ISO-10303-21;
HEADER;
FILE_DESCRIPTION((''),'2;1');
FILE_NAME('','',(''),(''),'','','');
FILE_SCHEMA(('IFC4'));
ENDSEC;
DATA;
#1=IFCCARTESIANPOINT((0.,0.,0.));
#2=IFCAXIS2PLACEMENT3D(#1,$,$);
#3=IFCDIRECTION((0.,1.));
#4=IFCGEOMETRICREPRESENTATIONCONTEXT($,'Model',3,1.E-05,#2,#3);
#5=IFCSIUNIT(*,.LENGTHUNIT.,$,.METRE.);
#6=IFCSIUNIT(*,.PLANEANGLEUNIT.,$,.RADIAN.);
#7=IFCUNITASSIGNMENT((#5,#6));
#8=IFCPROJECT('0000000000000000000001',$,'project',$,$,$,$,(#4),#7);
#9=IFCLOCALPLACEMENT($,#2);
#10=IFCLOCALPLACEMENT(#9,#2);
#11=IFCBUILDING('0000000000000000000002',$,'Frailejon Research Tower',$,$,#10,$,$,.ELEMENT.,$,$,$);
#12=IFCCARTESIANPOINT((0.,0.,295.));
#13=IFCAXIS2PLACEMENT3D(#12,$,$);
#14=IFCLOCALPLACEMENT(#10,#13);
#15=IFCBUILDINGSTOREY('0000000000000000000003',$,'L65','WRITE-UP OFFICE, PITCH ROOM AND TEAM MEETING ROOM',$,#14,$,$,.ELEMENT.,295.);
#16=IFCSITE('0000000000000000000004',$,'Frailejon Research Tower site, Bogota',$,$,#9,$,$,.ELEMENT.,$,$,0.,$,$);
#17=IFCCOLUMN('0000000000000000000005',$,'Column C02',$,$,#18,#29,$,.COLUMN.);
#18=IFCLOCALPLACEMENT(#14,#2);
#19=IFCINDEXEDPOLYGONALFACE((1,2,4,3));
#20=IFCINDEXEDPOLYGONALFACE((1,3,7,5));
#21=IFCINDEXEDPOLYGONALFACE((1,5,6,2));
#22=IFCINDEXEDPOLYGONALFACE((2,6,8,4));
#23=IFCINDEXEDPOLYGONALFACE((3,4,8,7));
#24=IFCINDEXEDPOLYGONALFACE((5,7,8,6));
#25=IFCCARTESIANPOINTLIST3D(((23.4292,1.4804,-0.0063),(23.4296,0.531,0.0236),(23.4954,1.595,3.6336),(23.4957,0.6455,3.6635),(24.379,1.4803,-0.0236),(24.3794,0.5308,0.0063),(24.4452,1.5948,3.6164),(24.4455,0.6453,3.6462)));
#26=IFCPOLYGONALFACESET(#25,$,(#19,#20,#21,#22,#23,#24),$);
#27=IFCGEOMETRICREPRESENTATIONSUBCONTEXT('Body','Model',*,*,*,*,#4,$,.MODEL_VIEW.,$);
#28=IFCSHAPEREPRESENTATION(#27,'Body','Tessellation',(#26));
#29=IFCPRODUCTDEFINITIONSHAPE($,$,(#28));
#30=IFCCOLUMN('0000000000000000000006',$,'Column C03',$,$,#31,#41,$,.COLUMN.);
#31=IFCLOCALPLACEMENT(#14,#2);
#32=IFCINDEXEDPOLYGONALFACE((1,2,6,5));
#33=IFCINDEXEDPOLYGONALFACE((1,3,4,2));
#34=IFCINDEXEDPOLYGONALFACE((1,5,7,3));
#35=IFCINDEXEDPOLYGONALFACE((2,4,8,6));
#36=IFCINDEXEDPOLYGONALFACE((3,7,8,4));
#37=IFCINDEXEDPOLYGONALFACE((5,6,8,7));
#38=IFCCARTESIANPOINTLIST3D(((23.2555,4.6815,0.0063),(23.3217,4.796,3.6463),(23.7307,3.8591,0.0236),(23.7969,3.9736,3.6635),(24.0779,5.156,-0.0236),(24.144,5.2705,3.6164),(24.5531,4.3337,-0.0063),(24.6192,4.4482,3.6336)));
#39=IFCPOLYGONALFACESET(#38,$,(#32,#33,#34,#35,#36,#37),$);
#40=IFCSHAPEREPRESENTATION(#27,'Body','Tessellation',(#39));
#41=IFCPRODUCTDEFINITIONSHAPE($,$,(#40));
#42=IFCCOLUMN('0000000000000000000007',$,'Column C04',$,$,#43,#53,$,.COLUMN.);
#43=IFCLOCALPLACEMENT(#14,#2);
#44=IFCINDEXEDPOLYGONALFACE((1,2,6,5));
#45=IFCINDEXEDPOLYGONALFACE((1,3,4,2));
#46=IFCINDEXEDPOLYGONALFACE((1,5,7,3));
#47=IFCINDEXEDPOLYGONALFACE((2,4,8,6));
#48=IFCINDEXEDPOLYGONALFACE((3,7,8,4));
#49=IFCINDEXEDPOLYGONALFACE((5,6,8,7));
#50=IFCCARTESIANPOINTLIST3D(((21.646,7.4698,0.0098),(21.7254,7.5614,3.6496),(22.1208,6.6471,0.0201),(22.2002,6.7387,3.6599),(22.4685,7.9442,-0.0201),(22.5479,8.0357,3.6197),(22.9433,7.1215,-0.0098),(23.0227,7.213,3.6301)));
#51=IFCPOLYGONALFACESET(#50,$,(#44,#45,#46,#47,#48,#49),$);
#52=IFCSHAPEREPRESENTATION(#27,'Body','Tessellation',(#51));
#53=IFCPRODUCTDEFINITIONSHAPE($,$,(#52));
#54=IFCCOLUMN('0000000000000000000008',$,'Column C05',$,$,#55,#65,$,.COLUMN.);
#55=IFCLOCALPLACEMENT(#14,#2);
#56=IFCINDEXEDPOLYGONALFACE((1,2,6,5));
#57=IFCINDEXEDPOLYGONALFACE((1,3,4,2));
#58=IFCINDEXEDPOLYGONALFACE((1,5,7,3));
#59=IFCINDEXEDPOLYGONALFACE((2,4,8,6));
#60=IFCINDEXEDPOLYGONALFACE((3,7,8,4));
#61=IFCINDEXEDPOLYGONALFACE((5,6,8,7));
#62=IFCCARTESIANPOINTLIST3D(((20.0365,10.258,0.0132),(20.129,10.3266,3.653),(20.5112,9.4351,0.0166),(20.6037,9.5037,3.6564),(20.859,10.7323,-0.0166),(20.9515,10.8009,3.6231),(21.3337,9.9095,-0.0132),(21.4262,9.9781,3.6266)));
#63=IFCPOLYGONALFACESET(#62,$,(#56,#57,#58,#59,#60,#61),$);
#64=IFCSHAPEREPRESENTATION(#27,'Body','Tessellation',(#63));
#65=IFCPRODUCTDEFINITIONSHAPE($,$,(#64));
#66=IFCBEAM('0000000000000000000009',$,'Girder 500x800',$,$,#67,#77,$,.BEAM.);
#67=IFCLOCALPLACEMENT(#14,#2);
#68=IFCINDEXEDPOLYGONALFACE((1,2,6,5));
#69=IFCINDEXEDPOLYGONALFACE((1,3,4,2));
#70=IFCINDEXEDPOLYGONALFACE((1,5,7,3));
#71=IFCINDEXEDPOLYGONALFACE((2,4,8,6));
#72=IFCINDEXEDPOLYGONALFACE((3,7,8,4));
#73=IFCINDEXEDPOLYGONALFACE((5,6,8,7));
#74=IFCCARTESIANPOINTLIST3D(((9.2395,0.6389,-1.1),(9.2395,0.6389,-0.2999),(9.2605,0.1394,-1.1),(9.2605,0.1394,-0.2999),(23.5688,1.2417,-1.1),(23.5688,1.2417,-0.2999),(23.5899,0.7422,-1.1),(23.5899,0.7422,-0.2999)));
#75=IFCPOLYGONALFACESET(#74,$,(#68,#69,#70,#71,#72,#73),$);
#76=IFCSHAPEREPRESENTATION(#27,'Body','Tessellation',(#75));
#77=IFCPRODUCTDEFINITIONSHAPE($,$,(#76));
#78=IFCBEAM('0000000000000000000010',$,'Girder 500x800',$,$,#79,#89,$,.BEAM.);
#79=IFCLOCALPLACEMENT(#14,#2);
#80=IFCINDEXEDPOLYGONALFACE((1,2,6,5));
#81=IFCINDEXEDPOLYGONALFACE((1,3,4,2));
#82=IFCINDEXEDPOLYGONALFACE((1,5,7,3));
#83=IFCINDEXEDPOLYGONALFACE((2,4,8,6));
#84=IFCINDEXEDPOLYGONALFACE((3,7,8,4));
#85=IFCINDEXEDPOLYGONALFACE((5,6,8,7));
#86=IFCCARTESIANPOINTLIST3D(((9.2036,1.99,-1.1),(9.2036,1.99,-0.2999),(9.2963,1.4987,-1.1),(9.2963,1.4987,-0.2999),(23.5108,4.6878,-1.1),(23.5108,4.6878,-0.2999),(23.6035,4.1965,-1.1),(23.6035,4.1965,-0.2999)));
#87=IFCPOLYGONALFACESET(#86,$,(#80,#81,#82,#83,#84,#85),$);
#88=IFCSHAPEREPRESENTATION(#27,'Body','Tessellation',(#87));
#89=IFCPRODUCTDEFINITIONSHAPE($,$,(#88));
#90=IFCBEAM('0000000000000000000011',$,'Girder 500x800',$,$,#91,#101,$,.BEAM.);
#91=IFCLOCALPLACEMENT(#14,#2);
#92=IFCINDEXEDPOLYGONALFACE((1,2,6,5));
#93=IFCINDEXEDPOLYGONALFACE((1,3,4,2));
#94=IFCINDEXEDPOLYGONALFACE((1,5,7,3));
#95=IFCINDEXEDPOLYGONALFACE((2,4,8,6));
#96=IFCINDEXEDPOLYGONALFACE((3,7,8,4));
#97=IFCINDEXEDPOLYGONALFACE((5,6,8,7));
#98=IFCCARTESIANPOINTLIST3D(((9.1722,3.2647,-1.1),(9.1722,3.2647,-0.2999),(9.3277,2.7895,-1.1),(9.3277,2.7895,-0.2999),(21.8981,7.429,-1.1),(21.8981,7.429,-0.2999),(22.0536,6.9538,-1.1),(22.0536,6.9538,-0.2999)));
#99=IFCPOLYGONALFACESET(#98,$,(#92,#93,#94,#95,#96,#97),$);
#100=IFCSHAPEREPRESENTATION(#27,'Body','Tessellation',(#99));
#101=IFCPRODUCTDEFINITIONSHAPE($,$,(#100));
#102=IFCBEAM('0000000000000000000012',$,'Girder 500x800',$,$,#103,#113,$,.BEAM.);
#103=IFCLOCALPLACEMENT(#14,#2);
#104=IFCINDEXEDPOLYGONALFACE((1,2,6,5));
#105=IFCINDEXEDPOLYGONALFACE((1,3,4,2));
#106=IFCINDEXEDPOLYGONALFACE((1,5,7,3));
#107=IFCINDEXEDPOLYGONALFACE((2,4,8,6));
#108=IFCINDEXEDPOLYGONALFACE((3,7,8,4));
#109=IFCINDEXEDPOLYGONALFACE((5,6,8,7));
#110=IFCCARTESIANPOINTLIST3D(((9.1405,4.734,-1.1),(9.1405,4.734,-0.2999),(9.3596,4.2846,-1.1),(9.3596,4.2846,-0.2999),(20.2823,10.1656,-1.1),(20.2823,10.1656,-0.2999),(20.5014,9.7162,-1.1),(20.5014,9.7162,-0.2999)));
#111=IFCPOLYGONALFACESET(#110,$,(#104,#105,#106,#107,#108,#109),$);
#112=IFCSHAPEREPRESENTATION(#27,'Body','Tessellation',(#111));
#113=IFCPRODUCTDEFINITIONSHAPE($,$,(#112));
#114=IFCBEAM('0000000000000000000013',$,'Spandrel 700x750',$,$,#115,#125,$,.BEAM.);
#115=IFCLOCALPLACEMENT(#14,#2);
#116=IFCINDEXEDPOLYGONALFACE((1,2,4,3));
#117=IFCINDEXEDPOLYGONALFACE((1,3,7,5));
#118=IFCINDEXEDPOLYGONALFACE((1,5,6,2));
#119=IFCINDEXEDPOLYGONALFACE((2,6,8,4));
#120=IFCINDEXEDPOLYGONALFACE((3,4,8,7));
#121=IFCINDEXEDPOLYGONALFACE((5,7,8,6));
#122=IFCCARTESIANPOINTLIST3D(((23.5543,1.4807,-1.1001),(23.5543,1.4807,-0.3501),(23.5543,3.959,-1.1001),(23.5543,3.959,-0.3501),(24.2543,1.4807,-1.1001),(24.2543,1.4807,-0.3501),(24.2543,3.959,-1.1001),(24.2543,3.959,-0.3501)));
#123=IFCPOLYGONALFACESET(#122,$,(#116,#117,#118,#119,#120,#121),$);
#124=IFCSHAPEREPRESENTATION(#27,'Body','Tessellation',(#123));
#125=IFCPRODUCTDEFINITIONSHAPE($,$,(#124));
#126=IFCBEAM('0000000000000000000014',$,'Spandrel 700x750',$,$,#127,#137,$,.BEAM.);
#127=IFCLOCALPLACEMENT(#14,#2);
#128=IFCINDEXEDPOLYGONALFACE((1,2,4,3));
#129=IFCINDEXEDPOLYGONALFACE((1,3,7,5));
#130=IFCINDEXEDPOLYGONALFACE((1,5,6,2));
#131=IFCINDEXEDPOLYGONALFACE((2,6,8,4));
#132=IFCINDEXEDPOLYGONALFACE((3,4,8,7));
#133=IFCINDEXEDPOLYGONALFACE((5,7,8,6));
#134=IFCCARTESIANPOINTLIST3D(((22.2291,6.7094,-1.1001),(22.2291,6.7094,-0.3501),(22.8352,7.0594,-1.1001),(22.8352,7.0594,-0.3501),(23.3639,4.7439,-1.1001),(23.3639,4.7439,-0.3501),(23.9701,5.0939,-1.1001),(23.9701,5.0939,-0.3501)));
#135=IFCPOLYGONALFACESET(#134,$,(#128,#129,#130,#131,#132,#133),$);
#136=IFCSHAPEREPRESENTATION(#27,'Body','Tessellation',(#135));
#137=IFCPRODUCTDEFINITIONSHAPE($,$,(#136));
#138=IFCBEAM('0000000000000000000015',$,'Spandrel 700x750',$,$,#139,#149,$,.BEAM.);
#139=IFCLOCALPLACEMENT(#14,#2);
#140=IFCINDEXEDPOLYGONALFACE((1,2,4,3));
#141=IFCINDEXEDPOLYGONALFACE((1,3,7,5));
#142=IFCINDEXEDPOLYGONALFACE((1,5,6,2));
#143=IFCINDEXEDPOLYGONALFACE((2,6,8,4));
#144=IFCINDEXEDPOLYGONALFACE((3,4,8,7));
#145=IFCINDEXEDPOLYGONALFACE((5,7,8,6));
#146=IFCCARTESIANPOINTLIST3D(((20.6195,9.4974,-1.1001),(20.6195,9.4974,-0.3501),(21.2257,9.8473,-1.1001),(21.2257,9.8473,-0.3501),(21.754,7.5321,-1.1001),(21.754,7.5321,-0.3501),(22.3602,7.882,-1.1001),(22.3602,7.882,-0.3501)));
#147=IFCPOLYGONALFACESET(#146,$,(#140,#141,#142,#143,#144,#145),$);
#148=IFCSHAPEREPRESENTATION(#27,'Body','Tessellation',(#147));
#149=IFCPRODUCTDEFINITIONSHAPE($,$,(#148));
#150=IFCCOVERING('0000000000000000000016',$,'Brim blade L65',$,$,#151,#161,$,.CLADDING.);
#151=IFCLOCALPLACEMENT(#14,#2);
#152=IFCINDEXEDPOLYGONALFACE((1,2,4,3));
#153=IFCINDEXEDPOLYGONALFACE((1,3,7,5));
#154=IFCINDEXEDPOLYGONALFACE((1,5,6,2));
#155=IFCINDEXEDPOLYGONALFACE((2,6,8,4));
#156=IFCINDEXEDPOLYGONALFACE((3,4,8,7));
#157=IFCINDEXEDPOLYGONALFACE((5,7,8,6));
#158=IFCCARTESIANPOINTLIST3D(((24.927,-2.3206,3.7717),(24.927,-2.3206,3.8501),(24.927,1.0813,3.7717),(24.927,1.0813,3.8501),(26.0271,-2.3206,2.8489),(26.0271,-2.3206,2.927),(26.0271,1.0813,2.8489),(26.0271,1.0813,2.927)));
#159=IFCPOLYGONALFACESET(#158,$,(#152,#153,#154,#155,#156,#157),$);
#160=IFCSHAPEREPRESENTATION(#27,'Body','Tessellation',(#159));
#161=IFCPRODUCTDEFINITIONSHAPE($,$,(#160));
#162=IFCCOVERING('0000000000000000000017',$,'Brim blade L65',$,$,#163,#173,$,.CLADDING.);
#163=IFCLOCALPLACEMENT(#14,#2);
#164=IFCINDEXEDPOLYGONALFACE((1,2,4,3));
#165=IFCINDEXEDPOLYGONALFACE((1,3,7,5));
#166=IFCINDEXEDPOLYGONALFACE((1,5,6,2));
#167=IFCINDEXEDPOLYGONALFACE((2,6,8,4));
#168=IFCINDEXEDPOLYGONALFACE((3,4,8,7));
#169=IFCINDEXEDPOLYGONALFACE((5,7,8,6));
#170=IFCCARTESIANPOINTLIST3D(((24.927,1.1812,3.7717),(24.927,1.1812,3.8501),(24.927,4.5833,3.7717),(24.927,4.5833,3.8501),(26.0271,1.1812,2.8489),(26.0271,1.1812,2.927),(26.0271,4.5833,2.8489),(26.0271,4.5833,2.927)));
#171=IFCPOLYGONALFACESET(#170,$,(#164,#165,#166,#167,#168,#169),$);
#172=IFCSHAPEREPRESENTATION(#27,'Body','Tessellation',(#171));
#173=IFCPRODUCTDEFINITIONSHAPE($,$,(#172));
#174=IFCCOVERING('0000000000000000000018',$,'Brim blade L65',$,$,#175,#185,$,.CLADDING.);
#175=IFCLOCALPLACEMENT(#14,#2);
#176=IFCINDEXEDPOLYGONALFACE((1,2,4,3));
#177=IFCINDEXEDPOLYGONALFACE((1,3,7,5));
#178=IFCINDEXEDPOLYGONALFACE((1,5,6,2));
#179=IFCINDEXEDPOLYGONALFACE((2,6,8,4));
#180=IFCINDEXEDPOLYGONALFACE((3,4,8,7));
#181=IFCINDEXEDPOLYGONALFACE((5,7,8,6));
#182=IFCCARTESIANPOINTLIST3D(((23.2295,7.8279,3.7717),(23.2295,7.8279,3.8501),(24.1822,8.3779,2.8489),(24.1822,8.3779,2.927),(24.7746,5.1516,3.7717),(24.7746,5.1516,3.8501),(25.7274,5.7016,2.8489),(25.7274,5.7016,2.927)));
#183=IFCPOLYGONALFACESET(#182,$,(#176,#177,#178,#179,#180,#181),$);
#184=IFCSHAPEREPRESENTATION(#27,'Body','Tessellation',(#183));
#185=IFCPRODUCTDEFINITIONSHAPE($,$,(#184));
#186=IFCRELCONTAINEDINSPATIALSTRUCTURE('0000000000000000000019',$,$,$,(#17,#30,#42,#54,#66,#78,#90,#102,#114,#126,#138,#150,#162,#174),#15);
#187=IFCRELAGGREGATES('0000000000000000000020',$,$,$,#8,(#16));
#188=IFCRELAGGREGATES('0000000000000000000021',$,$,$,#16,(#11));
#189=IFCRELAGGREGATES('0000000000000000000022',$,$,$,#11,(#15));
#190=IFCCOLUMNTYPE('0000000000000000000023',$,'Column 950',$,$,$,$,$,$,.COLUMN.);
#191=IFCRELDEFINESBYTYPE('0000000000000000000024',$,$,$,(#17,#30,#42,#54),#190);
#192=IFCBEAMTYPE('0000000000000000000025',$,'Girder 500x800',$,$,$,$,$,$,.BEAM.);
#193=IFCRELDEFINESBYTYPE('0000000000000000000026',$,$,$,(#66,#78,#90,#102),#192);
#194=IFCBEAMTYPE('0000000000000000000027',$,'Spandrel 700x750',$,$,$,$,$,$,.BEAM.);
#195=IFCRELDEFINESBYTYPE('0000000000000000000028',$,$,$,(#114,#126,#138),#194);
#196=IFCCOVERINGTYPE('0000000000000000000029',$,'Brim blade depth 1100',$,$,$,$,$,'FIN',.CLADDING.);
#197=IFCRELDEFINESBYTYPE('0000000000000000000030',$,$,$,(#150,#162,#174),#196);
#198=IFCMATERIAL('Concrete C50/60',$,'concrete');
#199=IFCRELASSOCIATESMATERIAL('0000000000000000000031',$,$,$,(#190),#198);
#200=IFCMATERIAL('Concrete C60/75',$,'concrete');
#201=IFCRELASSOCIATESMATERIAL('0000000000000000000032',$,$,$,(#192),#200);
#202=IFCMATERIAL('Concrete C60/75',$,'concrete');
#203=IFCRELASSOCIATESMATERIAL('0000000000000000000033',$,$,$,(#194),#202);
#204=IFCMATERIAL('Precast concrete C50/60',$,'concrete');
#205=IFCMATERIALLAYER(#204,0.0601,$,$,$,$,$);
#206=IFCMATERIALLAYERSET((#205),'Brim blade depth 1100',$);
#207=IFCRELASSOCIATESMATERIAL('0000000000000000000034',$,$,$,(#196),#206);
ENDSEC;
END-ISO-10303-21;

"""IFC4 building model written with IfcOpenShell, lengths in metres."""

from ifc_helpers import new_model, si_unit, direction, frame, origin, origin_2d, place, context, subcontext, project, spatial, polyline, rectangle, outline, extrude, material, layer, layer_set, material_profile, profile_set, type_object, element, save


model = new_model("IFC4")

# Units and contexts
model_context = context("Model", 3, precision=1e-05, world=origin(), true_north=direction((0.0, 1.0)))
body_context = subcontext(model_context, "Body", "Model", "MODEL_VIEW")
ifc_project = project(units=[si_unit("LENGTHUNIT", "METRE"), si_unit("PLANEANGLEUNIT", "RADIAN")], contexts=[model_context])

# Site, building, storey
site_placement = place(None, origin())
site = spatial("IfcSite", under=ifc_project, at=site_placement, Name="Frailejon Research Tower site, Bogota", CompositionType="ELEMENT", RefElevation=0.0)
building_placement = place(site_placement, origin())
building = spatial("IfcBuilding", under=site, at=building_placement, Name="Frailejon Research Tower", CompositionType="ELEMENT")
storey_placement = place(building_placement, frame((0.0, 0.0, 295.0)))
storey = spatial("IfcBuildingStorey", under=building, at=storey_placement, Name="L65", Description="WRITE-UP OFFICE, PITCH ROOM AND TEAM MEETING ROOM", CompositionType="ELEMENT", Elevation=295.0)

# Columns
ifc_material_1 = material(Name="Concrete C50/60", Category="concrete")
ifc_material_profile_1 = material_profile(ifc_material_1, rectangle(XDim=0.95, YDim=0.95, at=origin_2d()), Name="Column 950")
ifc_profile_set_1 = profile_set([ifc_material_profile_1], Name="Concrete C50/60")
column_type = type_object("IfcColumnType", Name="Column 950", PredefinedType="COLUMN", material=ifc_profile_set_1)
for number, where, z_axis, x_axis, name in (
    (1, (23.9043, 1.0056, 0.0), (0.018165, 0.031437, 0.999341), (-0.000376, 0.999506, -0.031435), "Column C02"),
    (2, (23.9043, 4.5076, 0.0), (0.018165, 0.031437, 0.999341), (-0.500243, 0.865695, -0.01814), "Column C03"),
):
    element("IfcColumn", number, at=place(storey_placement, frame(where, z_axis=z_axis, x_axis=x_axis)), inside=storey, type_object=column_type, Name=name, PredefinedType="COLUMN", context=body_context, shape_type="SweptSolid", body=[
        extrude(rectangle(XDim=0.95, YDim=0.95, at=origin_2d()), origin(), (0.0, 0.0, 1.0), 3.6423),
    ])
column_1_placement = place(storey_placement, frame((22.2947, 7.2957, 0.0), z_axis=(0.021787, 0.025139, 0.999447), x_axis=(-0.499841, 0.866049, -0.010887)))
element("IfcColumn", 3, at=column_1_placement, inside=storey, type_object=column_type, Name="Column C04", PredefinedType="COLUMN", context=body_context, shape_type="SweptSolid", body=[
    extrude(rectangle(XDim=0.95, YDim=0.95, at=origin_2d()), origin(), (0.0, 0.0, 1.0), 3.6418),
])
column_2_placement = place(storey_placement, frame((20.6851, 10.0837, 0.0), z_axis=(0.025408, 0.018838, 0.9995), x_axis=(-0.499704, 0.866189, -0.003623)))
element("IfcColumn", 4, at=column_2_placement, inside=storey, type_object=column_type, Name="Column C05", PredefinedType="COLUMN", context=body_context, shape_type="SweptSolid", body=[
    extrude(rectangle(XDim=0.95, YDim=0.95, at=origin_2d()), origin(), (0.0, 0.0, 1.0), 3.6416),
])

# Beams
ifc_material_2 = material(Name="Concrete C60/75", Category="concrete")
ifc_material_profile_2 = material_profile(ifc_material_2, rectangle(XDim=0.5, YDim=0.8, at=origin_2d()), Name="Girder 500x800")
ifc_profile_set_2 = profile_set([ifc_material_profile_2], Name="Concrete C60/75")
beam_type_1 = type_object("IfcBeamType", Name="Girder 500x800", PredefinedType="BEAM", material=ifc_profile_set_2)
beam_1_placement = place(storey_placement, frame((23.5793, 0.9919, -0.7), z_axis=(-0.999116, -0.042029, 0.0), x_axis=(0.042029, -0.999116, 0.0)))
element("IfcBeam", 5, at=beam_1_placement, inside=storey, type_object=beam_type_1, Name="Girder 500x800", PredefinedType="BEAM", context=body_context, shape_type="SweptSolid", body=[
    extrude(rectangle(XDim=0.5, YDim=0.8, at=origin_2d()), origin(), (0.0, 0.0, 1.0), 14.342),
])
beam_2_placement = place(storey_placement, frame((23.5571, 4.4421, -0.7), z_axis=(-0.982683, -0.185295, 0.0), x_axis=(0.185295, -0.982683, 0.0)))
element("IfcBeam", 6, at=beam_2_placement, inside=storey, type_object=beam_type_1, Name="Girder 500x800", PredefinedType="BEAM", context=body_context, shape_type="SweptSolid", body=[
    extrude(rectangle(XDim=0.5, YDim=0.8, at=origin_2d()), origin(), (0.0, 0.0, 1.0), 14.5593),
])
beam_3_placement = place(storey_placement, frame((21.9758, 7.1914, -0.7), z_axis=(-0.950408, -0.311005, 0.0), x_axis=(0.311005, -0.950408, 0.0)))
element("IfcBeam", 7, at=beam_3_placement, inside=storey, type_object=beam_type_1, Name="Girder 500x800", PredefinedType="BEAM", context=body_context, shape_type="SweptSolid", body=[
    extrude(rectangle(XDim=0.5, YDim=0.8, at=origin_2d()), origin(), (0.0, 0.0, 1.0), 13.3899),
])
beam_4_placement = place(storey_placement, frame((20.3918, 9.9409, -0.7), z_axis=(-0.898877, -0.438202, 0.0), x_axis=(0.438202, -0.898877, 0.0)))
element("IfcBeam", 8, at=beam_4_placement, inside=storey, type_object=beam_type_1, Name="Girder 500x800", PredefinedType="BEAM", context=body_context, shape_type="SweptSolid", body=[
    extrude(rectangle(XDim=0.5, YDim=0.8, at=origin_2d()), origin(), (0.0, 0.0, 1.0), 12.3953),
])
ifc_material_3 = material(Name="Concrete C60/75", Category="concrete")
ifc_material_profile_3 = material_profile(ifc_material_3, rectangle(XDim=0.7, YDim=0.75, at=origin_2d()), Name="Spandrel 700x750")
ifc_profile_set_3 = profile_set([ifc_material_profile_3], Name="Concrete C60/75")
beam_type_2 = type_object("IfcBeamType", Name="Spandrel 700x750", PredefinedType="BEAM", material=ifc_profile_set_3)
beam_5_placement = place(storey_placement, frame((23.9043, 1.4807, -0.7251), z_axis=(0.0, 1.0, 0.0), x_axis=(-1.0, 0.0, 0.0)))
element("IfcBeam", 9, at=beam_5_placement, inside=storey, type_object=beam_type_2, Name="Spandrel 700x750", PredefinedType="BEAM", context=body_context, shape_type="SweptSolid", body=[
    extrude(rectangle(XDim=0.7, YDim=0.75, at=origin_2d()), origin(), (0.0, 0.0, 1.0), 2.4783),
])
beam_6_placement = place(storey_placement, frame((23.667, 4.9189, -0.7251), z_axis=(-0.500027, 0.86601, 0.0), x_axis=(-0.86601, -0.500027, 0.0)))
element("IfcBeam", 10, at=beam_6_placement, inside=storey, type_object=beam_type_2, Name="Spandrel 700x750", PredefinedType="BEAM", context=body_context, shape_type="SweptSolid", body=[
    extrude(rectangle(XDim=0.7, YDim=0.75, at=origin_2d()), origin(), (0.0, 0.0, 1.0), 2.2695),
])
beam_7_placement = place(storey_placement, frame((22.0571, 7.707, -0.7251), z_axis=(-0.499946, 0.866057, 0.0), x_axis=(-0.866057, -0.499946, 0.0)))
element("IfcBeam", 11, at=beam_7_placement, inside=storey, type_object=beam_type_2, Name="Spandrel 700x750", PredefinedType="BEAM", context=body_context, shape_type="SweptSolid", body=[
    extrude(rectangle(XDim=0.7, YDim=0.75, at=origin_2d()), origin(), (0.0, 0.0, 1.0), 2.2693),
])

# Coverings
ifc_material_4 = material(Name="Precast concrete C50/60", Category="concrete")
ifc_layer_1 = layer(ifc_material_4, 0.0601)
ifc_layer_set_1 = layer_set([ifc_layer_1], Name="Brim blade depth 1100")
covering_type = type_object("IfcCoveringType", Name="Brim blade depth 1100", ElementType="FIN", PredefinedType="CLADDING", material=ifc_layer_set_1)
covering_1_placement = place(storey_placement, frame((24.927, 1.0813, 3.8501), z_axis=(0.0, -1.0, 0.0), x_axis=(1.0, 0.0, 0.0)))
element("IfcCovering", 12, at=covering_1_placement, inside=storey, type_object=covering_type, Name="Brim blade L65", PredefinedType="CLADDING", context=body_context, shape_type="SweptSolid", body=[
    extrude(outline(polyline([(0.0, -0.0784), (1.1001, -1.0012), (1.1001, -0.9231), (0.0, 0.0), (0.0, -0.0784)])), origin(), (0.0, 0.0, 1.0), 3.4019),
])
covering_2_placement = place(storey_placement, frame((24.927, 4.5833, 3.8501), z_axis=(0.0, -1.0, 0.0), x_axis=(1.0, 0.0, 0.0)))
element("IfcCovering", 13, at=covering_2_placement, inside=storey, type_object=covering_type, Name="Brim blade L65", PredefinedType="CLADDING", context=body_context, shape_type="SweptSolid", body=[
    extrude(outline(polyline([(0.0, -0.0784), (1.1001, -1.0012), (1.1001, -0.9231), (0.0, 0.0), (0.0, -0.0784)])), origin(), (0.0, 0.0, 1.0), 3.4021),
])
covering_3_placement = place(storey_placement, frame((23.2295, 7.8279, 3.8501), z_axis=(0.499996, -0.866028, 0.0), x_axis=(0.866028, 0.499996, 0.0)))
element("IfcCovering", 14, at=covering_3_placement, inside=storey, type_object=covering_type, Name="Brim blade L65", PredefinedType="CLADDING", context=body_context, shape_type="SweptSolid", body=[
    extrude(outline(polyline([(0.0, -0.0784), (1.1001, -1.0012), (1.1001, -0.9231), (0.0, 0.0), (0.0, -0.0784)])), origin(), (0.0, 0.0, 1.0), 3.0903),
])

save(model, "model.ifc")
